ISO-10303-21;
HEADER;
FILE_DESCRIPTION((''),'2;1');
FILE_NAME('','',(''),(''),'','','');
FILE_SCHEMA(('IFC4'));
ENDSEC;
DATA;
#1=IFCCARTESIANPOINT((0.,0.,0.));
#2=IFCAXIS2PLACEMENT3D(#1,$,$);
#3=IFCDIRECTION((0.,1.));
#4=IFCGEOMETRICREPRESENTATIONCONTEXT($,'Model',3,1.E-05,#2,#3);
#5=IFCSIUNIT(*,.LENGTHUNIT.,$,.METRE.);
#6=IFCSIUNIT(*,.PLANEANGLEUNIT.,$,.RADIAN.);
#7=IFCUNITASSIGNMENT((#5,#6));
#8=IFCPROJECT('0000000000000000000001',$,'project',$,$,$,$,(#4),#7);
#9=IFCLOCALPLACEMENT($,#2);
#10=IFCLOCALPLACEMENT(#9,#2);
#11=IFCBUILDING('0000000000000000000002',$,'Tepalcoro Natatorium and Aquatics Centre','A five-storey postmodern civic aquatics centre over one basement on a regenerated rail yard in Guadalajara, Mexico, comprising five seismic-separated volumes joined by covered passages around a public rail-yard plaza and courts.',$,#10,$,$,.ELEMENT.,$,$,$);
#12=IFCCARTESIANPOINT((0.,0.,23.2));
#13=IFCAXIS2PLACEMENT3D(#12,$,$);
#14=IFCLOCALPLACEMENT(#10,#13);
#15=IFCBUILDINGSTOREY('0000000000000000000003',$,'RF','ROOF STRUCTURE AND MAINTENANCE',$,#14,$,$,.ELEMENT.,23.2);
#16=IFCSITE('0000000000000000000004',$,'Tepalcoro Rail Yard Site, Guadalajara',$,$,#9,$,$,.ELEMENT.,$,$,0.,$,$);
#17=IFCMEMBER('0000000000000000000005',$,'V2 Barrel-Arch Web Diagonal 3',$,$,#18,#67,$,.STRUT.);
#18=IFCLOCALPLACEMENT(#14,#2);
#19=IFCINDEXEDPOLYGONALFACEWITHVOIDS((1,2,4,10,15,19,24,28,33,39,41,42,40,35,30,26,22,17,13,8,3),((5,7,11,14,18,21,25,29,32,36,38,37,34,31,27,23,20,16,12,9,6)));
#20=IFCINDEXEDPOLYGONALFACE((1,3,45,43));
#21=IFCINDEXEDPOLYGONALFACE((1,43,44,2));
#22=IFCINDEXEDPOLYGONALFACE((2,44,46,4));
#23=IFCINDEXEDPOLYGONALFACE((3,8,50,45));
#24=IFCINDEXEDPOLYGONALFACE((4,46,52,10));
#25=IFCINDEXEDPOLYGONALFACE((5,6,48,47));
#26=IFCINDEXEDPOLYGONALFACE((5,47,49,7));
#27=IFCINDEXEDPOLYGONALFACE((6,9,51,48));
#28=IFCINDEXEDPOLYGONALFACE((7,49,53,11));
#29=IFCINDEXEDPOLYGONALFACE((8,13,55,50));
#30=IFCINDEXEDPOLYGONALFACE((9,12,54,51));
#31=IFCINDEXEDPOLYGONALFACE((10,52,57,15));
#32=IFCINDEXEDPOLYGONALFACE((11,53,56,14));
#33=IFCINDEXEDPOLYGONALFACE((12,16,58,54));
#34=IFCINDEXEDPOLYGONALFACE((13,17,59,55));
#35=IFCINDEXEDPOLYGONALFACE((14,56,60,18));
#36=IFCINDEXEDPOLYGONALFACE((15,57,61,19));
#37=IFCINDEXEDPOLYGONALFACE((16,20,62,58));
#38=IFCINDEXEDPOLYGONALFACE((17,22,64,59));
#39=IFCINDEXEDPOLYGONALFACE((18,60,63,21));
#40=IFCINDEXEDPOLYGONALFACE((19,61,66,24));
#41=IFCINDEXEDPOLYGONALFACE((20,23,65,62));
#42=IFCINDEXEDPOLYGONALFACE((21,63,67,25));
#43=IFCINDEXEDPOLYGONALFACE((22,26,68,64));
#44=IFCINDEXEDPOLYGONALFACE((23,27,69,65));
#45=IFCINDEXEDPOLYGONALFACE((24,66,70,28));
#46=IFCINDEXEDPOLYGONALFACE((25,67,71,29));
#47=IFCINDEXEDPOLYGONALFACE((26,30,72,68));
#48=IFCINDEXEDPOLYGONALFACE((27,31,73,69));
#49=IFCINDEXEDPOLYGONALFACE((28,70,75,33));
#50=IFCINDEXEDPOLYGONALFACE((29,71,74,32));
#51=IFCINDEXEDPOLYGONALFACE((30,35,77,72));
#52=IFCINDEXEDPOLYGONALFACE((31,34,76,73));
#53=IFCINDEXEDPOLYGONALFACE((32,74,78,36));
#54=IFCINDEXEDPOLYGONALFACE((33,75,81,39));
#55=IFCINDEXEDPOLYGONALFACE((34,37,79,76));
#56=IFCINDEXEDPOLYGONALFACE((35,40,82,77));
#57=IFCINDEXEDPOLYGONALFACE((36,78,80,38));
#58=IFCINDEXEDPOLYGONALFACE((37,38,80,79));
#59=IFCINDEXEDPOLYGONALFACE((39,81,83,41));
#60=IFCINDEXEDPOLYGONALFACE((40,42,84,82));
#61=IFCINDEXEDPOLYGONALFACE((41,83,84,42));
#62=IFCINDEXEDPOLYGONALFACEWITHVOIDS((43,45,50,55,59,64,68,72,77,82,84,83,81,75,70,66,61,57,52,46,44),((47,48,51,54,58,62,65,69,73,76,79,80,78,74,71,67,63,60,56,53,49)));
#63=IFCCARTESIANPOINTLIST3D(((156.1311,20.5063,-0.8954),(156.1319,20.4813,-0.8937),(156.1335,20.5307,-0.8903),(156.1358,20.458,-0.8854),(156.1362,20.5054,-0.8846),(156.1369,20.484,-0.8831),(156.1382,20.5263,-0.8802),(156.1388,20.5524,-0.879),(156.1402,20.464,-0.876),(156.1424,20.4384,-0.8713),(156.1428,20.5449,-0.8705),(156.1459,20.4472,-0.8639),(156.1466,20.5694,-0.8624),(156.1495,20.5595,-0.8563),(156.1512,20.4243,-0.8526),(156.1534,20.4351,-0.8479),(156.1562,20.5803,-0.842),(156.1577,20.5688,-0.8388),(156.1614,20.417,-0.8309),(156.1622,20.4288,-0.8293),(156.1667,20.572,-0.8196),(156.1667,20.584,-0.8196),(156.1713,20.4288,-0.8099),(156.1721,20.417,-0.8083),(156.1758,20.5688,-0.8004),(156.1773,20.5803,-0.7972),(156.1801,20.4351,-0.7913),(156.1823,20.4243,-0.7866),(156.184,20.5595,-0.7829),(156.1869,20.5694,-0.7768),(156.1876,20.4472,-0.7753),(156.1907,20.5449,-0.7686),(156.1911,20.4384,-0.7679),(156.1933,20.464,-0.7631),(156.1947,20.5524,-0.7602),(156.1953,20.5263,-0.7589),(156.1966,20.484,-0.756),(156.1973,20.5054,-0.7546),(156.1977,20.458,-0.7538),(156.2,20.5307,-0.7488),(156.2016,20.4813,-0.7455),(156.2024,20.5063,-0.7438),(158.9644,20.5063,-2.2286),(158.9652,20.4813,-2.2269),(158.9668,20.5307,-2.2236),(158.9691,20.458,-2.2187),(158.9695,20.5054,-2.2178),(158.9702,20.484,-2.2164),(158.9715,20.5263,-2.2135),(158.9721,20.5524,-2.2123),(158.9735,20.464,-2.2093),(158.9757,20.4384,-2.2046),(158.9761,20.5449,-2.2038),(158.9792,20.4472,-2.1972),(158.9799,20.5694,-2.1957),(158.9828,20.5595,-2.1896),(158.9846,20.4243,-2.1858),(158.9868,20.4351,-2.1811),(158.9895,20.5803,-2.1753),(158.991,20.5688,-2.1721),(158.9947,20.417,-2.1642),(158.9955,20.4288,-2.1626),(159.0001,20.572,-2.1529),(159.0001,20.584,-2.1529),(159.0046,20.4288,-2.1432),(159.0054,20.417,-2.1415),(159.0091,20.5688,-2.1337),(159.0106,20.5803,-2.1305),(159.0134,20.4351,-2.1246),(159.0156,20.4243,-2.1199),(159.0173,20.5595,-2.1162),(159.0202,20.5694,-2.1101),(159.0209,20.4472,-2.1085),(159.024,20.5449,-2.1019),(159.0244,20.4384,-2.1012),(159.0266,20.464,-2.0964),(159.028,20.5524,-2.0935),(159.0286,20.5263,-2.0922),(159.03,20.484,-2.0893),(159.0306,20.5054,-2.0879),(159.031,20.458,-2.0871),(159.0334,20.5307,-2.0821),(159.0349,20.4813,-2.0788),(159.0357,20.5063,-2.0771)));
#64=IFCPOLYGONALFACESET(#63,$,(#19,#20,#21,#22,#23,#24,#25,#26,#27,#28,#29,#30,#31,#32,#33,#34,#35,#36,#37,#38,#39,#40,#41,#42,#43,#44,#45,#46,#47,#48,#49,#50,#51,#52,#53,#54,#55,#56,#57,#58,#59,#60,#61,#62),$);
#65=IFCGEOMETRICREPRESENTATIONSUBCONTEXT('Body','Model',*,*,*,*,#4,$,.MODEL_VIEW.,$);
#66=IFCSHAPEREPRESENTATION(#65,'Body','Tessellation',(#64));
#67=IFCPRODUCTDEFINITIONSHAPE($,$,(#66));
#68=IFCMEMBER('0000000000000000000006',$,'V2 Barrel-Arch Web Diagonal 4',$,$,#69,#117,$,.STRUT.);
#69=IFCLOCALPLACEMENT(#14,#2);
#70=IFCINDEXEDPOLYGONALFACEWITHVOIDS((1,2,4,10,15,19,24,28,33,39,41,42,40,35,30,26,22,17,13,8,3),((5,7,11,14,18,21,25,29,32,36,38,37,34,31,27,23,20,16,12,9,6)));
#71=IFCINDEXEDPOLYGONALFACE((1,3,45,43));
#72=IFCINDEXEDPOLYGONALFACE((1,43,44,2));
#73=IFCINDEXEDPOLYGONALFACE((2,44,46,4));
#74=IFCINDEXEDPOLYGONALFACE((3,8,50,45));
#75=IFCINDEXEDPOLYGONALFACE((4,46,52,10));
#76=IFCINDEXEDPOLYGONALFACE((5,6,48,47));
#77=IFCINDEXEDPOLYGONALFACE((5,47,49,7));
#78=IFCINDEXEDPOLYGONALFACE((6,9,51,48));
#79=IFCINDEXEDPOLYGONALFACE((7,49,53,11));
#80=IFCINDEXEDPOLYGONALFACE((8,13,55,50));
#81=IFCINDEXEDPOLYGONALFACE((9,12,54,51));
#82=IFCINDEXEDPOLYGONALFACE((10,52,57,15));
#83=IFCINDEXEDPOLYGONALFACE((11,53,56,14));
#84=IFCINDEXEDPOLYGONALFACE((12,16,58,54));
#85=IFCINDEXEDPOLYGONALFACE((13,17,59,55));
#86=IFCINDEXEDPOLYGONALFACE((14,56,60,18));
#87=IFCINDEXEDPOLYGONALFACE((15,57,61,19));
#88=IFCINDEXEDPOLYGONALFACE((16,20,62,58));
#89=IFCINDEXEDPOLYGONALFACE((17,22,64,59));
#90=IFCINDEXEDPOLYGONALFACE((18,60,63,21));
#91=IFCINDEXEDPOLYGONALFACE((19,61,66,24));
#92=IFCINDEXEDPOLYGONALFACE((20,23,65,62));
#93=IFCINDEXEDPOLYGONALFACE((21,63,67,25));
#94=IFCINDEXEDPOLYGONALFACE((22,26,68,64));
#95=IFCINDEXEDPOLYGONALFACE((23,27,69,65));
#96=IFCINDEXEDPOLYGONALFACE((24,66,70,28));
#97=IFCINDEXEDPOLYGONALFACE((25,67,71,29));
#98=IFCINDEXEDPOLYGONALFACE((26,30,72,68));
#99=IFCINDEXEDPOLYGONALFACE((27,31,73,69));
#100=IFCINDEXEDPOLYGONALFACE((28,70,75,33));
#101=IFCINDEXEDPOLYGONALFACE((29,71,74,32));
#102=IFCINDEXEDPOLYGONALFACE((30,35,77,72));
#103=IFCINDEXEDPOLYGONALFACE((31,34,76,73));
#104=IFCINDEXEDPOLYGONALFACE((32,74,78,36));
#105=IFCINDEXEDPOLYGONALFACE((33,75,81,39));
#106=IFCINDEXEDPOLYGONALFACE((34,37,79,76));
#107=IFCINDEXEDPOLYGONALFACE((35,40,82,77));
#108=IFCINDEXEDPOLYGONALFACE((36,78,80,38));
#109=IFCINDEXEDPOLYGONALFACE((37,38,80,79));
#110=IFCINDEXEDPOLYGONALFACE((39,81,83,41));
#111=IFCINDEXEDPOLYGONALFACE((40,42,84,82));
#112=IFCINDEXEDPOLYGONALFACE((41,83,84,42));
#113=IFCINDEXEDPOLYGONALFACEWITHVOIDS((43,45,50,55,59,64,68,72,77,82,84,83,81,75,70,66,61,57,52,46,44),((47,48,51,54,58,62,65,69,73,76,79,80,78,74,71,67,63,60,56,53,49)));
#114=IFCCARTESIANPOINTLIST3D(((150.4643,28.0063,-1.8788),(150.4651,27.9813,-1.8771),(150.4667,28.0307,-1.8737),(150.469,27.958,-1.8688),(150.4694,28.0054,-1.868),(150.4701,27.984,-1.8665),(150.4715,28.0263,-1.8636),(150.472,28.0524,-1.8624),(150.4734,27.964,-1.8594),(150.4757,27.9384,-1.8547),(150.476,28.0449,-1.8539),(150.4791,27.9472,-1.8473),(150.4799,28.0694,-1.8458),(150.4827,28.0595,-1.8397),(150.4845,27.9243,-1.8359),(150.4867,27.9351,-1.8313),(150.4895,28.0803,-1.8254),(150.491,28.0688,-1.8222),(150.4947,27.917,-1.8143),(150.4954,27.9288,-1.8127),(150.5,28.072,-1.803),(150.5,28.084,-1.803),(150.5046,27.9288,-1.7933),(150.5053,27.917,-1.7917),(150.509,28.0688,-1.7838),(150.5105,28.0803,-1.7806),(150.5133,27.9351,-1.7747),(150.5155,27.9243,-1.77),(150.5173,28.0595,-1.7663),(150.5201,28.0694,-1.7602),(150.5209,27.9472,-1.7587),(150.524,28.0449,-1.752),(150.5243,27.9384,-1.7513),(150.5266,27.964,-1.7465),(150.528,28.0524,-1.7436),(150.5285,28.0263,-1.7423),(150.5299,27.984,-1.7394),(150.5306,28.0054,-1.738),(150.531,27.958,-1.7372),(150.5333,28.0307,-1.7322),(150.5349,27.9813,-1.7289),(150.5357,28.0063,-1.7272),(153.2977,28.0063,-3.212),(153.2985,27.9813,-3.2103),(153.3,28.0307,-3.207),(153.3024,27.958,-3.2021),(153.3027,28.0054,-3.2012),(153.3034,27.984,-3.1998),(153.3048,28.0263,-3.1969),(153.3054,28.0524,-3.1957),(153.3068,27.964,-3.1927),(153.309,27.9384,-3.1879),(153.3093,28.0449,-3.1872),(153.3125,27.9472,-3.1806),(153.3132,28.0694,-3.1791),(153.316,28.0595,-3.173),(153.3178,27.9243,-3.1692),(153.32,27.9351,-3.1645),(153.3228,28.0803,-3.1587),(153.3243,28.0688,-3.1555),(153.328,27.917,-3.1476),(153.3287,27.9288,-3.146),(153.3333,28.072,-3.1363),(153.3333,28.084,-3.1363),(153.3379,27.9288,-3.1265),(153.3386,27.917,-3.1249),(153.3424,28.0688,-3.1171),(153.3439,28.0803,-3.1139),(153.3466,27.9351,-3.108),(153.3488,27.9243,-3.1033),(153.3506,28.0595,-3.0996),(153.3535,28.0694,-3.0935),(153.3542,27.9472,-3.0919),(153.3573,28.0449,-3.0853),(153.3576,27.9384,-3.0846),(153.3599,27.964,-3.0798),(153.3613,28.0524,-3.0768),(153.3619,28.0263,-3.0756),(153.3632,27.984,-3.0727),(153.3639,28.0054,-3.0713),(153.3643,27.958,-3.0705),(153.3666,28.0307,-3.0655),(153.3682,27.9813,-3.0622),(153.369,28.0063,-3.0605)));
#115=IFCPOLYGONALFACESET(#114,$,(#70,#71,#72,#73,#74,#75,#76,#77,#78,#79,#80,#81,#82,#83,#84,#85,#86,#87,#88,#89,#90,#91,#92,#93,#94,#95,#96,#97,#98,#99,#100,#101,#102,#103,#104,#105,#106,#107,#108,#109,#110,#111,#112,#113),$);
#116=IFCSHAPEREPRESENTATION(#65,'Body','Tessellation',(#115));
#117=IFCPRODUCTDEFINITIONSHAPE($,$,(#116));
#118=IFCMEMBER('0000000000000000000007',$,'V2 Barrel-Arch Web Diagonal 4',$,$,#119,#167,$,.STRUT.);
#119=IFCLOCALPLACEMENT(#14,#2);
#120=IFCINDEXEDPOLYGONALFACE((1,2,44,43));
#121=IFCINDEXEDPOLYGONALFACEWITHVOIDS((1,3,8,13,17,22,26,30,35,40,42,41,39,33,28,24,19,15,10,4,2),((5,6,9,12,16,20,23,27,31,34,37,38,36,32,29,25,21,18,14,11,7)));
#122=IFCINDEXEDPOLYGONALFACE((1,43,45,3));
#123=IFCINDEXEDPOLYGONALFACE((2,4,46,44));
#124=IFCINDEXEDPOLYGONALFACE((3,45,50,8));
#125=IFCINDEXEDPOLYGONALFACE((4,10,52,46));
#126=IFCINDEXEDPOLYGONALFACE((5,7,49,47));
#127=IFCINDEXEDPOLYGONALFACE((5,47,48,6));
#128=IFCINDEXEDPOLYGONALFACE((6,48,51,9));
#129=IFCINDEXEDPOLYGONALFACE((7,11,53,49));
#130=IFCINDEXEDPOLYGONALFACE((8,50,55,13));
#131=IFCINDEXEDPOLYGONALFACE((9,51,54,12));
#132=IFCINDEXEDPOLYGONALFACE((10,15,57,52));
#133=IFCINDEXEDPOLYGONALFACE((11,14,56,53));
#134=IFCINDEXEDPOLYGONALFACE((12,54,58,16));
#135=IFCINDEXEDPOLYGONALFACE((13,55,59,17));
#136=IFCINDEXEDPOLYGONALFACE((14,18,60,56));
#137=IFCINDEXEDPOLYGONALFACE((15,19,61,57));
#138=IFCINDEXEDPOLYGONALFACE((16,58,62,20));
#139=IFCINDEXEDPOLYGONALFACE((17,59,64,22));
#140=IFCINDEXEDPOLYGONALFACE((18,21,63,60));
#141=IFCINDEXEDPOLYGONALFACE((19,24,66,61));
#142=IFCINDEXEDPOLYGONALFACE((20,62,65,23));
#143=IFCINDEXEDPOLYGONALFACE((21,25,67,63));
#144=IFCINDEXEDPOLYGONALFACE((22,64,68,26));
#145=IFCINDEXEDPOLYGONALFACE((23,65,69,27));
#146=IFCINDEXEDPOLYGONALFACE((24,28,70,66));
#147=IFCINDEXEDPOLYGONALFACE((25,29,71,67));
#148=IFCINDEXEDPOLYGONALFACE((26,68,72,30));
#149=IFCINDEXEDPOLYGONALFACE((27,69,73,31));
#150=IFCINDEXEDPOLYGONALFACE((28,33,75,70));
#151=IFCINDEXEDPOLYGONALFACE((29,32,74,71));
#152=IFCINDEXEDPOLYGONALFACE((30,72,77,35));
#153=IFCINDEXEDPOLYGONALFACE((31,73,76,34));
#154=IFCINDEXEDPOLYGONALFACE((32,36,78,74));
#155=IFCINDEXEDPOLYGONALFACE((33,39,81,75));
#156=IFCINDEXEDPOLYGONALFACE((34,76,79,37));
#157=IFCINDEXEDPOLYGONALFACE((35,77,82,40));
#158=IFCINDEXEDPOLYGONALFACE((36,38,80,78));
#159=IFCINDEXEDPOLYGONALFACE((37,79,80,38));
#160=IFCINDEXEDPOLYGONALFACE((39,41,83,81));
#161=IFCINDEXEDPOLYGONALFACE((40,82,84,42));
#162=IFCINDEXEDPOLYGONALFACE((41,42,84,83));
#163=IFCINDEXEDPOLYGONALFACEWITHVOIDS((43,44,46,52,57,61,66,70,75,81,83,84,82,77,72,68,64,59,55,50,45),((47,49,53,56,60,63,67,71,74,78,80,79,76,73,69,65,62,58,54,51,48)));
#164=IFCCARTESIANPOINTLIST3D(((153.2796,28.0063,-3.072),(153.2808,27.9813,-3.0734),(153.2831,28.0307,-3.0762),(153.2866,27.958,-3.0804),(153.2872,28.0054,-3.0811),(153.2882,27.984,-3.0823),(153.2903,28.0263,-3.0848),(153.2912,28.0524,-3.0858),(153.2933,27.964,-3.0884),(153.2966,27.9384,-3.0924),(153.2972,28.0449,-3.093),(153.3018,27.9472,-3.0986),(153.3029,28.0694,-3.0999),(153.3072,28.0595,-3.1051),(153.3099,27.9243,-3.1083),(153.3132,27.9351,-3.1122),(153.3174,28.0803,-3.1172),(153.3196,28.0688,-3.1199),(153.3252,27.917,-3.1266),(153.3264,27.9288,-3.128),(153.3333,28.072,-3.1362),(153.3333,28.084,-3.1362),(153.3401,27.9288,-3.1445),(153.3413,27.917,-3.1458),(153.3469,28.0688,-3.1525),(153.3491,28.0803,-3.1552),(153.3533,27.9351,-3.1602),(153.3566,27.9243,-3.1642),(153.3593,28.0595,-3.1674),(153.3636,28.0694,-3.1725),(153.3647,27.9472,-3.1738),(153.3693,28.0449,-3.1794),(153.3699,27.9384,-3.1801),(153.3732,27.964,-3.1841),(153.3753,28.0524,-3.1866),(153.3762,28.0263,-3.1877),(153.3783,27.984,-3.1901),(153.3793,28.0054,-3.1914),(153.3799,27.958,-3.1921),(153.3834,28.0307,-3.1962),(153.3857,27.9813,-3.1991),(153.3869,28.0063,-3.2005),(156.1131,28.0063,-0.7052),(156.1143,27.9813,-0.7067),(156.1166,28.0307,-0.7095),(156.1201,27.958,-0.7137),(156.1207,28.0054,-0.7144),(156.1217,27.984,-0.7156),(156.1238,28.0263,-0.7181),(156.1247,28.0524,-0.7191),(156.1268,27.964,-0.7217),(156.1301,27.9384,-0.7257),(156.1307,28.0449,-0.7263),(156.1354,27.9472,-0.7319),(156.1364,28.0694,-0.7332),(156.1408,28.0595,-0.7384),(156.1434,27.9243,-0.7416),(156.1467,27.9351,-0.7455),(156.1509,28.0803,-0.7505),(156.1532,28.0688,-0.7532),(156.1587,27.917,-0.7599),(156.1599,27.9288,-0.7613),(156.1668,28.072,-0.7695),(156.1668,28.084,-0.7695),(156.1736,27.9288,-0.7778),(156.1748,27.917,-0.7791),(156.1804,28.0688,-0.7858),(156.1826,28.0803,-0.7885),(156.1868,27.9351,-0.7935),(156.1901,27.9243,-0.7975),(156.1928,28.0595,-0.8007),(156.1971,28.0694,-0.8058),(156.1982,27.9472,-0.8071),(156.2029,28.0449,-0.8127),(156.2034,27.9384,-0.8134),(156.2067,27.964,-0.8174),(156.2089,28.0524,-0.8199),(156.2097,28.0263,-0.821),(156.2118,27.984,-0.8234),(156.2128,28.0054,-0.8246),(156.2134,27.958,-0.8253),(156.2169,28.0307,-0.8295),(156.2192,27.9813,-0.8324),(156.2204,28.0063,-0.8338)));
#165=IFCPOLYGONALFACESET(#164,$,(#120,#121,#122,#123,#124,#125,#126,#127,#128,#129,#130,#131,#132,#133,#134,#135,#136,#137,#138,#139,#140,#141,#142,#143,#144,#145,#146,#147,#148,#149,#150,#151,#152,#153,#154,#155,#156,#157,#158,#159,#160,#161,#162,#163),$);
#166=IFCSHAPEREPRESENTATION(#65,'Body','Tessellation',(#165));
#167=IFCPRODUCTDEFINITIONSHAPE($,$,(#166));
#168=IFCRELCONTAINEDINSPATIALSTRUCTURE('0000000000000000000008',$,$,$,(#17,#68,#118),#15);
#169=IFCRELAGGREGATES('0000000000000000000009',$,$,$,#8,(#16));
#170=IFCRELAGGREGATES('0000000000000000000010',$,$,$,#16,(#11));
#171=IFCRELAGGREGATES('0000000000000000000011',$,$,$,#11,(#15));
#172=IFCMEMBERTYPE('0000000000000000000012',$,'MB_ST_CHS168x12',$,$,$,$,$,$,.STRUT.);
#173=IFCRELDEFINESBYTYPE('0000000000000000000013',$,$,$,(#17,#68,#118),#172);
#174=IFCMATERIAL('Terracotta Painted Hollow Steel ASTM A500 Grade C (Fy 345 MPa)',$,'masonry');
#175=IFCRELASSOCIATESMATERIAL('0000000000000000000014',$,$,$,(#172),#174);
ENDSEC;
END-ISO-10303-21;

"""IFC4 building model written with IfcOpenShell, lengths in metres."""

from ifc_helpers import new_model, si_unit, direction, frame, origin, origin_2d, place, context, subcontext, project, spatial, hollow_circle, extrude, material, material_profile, profile_set, type_object, element, save


model = new_model("IFC4")

# Units and contexts
model_context = context("Model", 3, precision=1e-05, world=origin(), true_north=direction((0.0, 1.0)))
body_context = subcontext(model_context, "Body", "Model", "MODEL_VIEW")
ifc_project = project(units=[si_unit("LENGTHUNIT", "METRE"), si_unit("PLANEANGLEUNIT", "RADIAN")], contexts=[model_context])

# Site, building, storey
site_placement = place(None, origin())
site = spatial("IfcSite", under=ifc_project, at=site_placement, Name="Tepalcoro Rail Yard Site, Guadalajara", CompositionType="ELEMENT", RefElevation=0.0)
building_placement = place(site_placement, origin())
building = spatial("IfcBuilding", under=site, at=building_placement, Name="Tepalcoro Natatorium and Aquatics Centre", Description="A five-storey postmodern civic aquatics centre over one basement on a regenerated rail yard in Guadalajara, Mexico, comprising five seismic-separated volumes joined by covered passages around a public rail-yard plaza and courts.", CompositionType="ELEMENT")
storey_placement = place(building_placement, frame((0.0, 0.0, 23.2)))
storey = spatial("IfcBuildingStorey", under=building, at=storey_placement, Name="RF", Description="ROOF STRUCTURE AND MAINTENANCE", CompositionType="ELEMENT", Elevation=23.2)

# Shared definitions
ifc_material_1 = material(Name="Terracotta Painted Hollow Steel ASTM A500 Grade C (Fy 345 MPa)", Category="masonry")

# Members
ifc_material_profile_1 = material_profile(ifc_material_1, hollow_circle(Radius=0.084, WallThickness=0.012, at=origin_2d()), Name="CHS168X12")
ifc_profile_set_1 = profile_set([ifc_material_profile_1], Name="Terracotta Painted Hollow Steel ASTM A500 Grade C (Fy 345 MPa)")
member_type_1 = type_object("IfcMemberType", Name="MB_ST_CHS168x12", PredefinedType="STRUT", material=ifc_profile_set_1)
for number, where, z_axis, x_axis, name in (
    (1, (156.1667, 20.5, -0.8196), (0.904824, 0.0, -0.425786), (0.0, 1.0, 0.0), "V2 Barrel-Arch Web Diagonal 3"),
    (2, (150.5, 28.0, -1.803), (0.904824, 0.0, -0.425786), (0.0, 1.0, 0.0), "V2 Barrel-Arch Web Diagonal 4"),
):
    element("IfcMember", number, at=place(storey_placement, frame(where, z_axis=z_axis, x_axis=x_axis)), inside=storey, type_object=member_type_1, Name=name, PredefinedType="STRUT", context=body_context, shape_type="SweptSolid", body=[
        extrude(hollow_circle(Radius=0.084, WallThickness=0.012, at=origin_2d()), origin(), (0.0, 0.0, 1.0), 3.1313),
    ])
member_1_placement = place(storey_placement, frame((153.3333, 28.0, -3.1362), z_axis=(0.767494, 0.0, 0.641056), x_axis=(0.0, 1.0, 0.0)))
element("IfcMember", 3, at=member_1_placement, inside=storey, type_object=member_type_1, Name="V2 Barrel-Arch Web Diagonal 4", PredefinedType="STRUT", context=body_context, shape_type="SweptSolid", body=[
    extrude(hollow_circle(Radius=0.084, WallThickness=0.012, at=origin_2d()), origin(), (0.0, 0.0, 1.0), 3.6919),
])

save(model, "model.ifc")
